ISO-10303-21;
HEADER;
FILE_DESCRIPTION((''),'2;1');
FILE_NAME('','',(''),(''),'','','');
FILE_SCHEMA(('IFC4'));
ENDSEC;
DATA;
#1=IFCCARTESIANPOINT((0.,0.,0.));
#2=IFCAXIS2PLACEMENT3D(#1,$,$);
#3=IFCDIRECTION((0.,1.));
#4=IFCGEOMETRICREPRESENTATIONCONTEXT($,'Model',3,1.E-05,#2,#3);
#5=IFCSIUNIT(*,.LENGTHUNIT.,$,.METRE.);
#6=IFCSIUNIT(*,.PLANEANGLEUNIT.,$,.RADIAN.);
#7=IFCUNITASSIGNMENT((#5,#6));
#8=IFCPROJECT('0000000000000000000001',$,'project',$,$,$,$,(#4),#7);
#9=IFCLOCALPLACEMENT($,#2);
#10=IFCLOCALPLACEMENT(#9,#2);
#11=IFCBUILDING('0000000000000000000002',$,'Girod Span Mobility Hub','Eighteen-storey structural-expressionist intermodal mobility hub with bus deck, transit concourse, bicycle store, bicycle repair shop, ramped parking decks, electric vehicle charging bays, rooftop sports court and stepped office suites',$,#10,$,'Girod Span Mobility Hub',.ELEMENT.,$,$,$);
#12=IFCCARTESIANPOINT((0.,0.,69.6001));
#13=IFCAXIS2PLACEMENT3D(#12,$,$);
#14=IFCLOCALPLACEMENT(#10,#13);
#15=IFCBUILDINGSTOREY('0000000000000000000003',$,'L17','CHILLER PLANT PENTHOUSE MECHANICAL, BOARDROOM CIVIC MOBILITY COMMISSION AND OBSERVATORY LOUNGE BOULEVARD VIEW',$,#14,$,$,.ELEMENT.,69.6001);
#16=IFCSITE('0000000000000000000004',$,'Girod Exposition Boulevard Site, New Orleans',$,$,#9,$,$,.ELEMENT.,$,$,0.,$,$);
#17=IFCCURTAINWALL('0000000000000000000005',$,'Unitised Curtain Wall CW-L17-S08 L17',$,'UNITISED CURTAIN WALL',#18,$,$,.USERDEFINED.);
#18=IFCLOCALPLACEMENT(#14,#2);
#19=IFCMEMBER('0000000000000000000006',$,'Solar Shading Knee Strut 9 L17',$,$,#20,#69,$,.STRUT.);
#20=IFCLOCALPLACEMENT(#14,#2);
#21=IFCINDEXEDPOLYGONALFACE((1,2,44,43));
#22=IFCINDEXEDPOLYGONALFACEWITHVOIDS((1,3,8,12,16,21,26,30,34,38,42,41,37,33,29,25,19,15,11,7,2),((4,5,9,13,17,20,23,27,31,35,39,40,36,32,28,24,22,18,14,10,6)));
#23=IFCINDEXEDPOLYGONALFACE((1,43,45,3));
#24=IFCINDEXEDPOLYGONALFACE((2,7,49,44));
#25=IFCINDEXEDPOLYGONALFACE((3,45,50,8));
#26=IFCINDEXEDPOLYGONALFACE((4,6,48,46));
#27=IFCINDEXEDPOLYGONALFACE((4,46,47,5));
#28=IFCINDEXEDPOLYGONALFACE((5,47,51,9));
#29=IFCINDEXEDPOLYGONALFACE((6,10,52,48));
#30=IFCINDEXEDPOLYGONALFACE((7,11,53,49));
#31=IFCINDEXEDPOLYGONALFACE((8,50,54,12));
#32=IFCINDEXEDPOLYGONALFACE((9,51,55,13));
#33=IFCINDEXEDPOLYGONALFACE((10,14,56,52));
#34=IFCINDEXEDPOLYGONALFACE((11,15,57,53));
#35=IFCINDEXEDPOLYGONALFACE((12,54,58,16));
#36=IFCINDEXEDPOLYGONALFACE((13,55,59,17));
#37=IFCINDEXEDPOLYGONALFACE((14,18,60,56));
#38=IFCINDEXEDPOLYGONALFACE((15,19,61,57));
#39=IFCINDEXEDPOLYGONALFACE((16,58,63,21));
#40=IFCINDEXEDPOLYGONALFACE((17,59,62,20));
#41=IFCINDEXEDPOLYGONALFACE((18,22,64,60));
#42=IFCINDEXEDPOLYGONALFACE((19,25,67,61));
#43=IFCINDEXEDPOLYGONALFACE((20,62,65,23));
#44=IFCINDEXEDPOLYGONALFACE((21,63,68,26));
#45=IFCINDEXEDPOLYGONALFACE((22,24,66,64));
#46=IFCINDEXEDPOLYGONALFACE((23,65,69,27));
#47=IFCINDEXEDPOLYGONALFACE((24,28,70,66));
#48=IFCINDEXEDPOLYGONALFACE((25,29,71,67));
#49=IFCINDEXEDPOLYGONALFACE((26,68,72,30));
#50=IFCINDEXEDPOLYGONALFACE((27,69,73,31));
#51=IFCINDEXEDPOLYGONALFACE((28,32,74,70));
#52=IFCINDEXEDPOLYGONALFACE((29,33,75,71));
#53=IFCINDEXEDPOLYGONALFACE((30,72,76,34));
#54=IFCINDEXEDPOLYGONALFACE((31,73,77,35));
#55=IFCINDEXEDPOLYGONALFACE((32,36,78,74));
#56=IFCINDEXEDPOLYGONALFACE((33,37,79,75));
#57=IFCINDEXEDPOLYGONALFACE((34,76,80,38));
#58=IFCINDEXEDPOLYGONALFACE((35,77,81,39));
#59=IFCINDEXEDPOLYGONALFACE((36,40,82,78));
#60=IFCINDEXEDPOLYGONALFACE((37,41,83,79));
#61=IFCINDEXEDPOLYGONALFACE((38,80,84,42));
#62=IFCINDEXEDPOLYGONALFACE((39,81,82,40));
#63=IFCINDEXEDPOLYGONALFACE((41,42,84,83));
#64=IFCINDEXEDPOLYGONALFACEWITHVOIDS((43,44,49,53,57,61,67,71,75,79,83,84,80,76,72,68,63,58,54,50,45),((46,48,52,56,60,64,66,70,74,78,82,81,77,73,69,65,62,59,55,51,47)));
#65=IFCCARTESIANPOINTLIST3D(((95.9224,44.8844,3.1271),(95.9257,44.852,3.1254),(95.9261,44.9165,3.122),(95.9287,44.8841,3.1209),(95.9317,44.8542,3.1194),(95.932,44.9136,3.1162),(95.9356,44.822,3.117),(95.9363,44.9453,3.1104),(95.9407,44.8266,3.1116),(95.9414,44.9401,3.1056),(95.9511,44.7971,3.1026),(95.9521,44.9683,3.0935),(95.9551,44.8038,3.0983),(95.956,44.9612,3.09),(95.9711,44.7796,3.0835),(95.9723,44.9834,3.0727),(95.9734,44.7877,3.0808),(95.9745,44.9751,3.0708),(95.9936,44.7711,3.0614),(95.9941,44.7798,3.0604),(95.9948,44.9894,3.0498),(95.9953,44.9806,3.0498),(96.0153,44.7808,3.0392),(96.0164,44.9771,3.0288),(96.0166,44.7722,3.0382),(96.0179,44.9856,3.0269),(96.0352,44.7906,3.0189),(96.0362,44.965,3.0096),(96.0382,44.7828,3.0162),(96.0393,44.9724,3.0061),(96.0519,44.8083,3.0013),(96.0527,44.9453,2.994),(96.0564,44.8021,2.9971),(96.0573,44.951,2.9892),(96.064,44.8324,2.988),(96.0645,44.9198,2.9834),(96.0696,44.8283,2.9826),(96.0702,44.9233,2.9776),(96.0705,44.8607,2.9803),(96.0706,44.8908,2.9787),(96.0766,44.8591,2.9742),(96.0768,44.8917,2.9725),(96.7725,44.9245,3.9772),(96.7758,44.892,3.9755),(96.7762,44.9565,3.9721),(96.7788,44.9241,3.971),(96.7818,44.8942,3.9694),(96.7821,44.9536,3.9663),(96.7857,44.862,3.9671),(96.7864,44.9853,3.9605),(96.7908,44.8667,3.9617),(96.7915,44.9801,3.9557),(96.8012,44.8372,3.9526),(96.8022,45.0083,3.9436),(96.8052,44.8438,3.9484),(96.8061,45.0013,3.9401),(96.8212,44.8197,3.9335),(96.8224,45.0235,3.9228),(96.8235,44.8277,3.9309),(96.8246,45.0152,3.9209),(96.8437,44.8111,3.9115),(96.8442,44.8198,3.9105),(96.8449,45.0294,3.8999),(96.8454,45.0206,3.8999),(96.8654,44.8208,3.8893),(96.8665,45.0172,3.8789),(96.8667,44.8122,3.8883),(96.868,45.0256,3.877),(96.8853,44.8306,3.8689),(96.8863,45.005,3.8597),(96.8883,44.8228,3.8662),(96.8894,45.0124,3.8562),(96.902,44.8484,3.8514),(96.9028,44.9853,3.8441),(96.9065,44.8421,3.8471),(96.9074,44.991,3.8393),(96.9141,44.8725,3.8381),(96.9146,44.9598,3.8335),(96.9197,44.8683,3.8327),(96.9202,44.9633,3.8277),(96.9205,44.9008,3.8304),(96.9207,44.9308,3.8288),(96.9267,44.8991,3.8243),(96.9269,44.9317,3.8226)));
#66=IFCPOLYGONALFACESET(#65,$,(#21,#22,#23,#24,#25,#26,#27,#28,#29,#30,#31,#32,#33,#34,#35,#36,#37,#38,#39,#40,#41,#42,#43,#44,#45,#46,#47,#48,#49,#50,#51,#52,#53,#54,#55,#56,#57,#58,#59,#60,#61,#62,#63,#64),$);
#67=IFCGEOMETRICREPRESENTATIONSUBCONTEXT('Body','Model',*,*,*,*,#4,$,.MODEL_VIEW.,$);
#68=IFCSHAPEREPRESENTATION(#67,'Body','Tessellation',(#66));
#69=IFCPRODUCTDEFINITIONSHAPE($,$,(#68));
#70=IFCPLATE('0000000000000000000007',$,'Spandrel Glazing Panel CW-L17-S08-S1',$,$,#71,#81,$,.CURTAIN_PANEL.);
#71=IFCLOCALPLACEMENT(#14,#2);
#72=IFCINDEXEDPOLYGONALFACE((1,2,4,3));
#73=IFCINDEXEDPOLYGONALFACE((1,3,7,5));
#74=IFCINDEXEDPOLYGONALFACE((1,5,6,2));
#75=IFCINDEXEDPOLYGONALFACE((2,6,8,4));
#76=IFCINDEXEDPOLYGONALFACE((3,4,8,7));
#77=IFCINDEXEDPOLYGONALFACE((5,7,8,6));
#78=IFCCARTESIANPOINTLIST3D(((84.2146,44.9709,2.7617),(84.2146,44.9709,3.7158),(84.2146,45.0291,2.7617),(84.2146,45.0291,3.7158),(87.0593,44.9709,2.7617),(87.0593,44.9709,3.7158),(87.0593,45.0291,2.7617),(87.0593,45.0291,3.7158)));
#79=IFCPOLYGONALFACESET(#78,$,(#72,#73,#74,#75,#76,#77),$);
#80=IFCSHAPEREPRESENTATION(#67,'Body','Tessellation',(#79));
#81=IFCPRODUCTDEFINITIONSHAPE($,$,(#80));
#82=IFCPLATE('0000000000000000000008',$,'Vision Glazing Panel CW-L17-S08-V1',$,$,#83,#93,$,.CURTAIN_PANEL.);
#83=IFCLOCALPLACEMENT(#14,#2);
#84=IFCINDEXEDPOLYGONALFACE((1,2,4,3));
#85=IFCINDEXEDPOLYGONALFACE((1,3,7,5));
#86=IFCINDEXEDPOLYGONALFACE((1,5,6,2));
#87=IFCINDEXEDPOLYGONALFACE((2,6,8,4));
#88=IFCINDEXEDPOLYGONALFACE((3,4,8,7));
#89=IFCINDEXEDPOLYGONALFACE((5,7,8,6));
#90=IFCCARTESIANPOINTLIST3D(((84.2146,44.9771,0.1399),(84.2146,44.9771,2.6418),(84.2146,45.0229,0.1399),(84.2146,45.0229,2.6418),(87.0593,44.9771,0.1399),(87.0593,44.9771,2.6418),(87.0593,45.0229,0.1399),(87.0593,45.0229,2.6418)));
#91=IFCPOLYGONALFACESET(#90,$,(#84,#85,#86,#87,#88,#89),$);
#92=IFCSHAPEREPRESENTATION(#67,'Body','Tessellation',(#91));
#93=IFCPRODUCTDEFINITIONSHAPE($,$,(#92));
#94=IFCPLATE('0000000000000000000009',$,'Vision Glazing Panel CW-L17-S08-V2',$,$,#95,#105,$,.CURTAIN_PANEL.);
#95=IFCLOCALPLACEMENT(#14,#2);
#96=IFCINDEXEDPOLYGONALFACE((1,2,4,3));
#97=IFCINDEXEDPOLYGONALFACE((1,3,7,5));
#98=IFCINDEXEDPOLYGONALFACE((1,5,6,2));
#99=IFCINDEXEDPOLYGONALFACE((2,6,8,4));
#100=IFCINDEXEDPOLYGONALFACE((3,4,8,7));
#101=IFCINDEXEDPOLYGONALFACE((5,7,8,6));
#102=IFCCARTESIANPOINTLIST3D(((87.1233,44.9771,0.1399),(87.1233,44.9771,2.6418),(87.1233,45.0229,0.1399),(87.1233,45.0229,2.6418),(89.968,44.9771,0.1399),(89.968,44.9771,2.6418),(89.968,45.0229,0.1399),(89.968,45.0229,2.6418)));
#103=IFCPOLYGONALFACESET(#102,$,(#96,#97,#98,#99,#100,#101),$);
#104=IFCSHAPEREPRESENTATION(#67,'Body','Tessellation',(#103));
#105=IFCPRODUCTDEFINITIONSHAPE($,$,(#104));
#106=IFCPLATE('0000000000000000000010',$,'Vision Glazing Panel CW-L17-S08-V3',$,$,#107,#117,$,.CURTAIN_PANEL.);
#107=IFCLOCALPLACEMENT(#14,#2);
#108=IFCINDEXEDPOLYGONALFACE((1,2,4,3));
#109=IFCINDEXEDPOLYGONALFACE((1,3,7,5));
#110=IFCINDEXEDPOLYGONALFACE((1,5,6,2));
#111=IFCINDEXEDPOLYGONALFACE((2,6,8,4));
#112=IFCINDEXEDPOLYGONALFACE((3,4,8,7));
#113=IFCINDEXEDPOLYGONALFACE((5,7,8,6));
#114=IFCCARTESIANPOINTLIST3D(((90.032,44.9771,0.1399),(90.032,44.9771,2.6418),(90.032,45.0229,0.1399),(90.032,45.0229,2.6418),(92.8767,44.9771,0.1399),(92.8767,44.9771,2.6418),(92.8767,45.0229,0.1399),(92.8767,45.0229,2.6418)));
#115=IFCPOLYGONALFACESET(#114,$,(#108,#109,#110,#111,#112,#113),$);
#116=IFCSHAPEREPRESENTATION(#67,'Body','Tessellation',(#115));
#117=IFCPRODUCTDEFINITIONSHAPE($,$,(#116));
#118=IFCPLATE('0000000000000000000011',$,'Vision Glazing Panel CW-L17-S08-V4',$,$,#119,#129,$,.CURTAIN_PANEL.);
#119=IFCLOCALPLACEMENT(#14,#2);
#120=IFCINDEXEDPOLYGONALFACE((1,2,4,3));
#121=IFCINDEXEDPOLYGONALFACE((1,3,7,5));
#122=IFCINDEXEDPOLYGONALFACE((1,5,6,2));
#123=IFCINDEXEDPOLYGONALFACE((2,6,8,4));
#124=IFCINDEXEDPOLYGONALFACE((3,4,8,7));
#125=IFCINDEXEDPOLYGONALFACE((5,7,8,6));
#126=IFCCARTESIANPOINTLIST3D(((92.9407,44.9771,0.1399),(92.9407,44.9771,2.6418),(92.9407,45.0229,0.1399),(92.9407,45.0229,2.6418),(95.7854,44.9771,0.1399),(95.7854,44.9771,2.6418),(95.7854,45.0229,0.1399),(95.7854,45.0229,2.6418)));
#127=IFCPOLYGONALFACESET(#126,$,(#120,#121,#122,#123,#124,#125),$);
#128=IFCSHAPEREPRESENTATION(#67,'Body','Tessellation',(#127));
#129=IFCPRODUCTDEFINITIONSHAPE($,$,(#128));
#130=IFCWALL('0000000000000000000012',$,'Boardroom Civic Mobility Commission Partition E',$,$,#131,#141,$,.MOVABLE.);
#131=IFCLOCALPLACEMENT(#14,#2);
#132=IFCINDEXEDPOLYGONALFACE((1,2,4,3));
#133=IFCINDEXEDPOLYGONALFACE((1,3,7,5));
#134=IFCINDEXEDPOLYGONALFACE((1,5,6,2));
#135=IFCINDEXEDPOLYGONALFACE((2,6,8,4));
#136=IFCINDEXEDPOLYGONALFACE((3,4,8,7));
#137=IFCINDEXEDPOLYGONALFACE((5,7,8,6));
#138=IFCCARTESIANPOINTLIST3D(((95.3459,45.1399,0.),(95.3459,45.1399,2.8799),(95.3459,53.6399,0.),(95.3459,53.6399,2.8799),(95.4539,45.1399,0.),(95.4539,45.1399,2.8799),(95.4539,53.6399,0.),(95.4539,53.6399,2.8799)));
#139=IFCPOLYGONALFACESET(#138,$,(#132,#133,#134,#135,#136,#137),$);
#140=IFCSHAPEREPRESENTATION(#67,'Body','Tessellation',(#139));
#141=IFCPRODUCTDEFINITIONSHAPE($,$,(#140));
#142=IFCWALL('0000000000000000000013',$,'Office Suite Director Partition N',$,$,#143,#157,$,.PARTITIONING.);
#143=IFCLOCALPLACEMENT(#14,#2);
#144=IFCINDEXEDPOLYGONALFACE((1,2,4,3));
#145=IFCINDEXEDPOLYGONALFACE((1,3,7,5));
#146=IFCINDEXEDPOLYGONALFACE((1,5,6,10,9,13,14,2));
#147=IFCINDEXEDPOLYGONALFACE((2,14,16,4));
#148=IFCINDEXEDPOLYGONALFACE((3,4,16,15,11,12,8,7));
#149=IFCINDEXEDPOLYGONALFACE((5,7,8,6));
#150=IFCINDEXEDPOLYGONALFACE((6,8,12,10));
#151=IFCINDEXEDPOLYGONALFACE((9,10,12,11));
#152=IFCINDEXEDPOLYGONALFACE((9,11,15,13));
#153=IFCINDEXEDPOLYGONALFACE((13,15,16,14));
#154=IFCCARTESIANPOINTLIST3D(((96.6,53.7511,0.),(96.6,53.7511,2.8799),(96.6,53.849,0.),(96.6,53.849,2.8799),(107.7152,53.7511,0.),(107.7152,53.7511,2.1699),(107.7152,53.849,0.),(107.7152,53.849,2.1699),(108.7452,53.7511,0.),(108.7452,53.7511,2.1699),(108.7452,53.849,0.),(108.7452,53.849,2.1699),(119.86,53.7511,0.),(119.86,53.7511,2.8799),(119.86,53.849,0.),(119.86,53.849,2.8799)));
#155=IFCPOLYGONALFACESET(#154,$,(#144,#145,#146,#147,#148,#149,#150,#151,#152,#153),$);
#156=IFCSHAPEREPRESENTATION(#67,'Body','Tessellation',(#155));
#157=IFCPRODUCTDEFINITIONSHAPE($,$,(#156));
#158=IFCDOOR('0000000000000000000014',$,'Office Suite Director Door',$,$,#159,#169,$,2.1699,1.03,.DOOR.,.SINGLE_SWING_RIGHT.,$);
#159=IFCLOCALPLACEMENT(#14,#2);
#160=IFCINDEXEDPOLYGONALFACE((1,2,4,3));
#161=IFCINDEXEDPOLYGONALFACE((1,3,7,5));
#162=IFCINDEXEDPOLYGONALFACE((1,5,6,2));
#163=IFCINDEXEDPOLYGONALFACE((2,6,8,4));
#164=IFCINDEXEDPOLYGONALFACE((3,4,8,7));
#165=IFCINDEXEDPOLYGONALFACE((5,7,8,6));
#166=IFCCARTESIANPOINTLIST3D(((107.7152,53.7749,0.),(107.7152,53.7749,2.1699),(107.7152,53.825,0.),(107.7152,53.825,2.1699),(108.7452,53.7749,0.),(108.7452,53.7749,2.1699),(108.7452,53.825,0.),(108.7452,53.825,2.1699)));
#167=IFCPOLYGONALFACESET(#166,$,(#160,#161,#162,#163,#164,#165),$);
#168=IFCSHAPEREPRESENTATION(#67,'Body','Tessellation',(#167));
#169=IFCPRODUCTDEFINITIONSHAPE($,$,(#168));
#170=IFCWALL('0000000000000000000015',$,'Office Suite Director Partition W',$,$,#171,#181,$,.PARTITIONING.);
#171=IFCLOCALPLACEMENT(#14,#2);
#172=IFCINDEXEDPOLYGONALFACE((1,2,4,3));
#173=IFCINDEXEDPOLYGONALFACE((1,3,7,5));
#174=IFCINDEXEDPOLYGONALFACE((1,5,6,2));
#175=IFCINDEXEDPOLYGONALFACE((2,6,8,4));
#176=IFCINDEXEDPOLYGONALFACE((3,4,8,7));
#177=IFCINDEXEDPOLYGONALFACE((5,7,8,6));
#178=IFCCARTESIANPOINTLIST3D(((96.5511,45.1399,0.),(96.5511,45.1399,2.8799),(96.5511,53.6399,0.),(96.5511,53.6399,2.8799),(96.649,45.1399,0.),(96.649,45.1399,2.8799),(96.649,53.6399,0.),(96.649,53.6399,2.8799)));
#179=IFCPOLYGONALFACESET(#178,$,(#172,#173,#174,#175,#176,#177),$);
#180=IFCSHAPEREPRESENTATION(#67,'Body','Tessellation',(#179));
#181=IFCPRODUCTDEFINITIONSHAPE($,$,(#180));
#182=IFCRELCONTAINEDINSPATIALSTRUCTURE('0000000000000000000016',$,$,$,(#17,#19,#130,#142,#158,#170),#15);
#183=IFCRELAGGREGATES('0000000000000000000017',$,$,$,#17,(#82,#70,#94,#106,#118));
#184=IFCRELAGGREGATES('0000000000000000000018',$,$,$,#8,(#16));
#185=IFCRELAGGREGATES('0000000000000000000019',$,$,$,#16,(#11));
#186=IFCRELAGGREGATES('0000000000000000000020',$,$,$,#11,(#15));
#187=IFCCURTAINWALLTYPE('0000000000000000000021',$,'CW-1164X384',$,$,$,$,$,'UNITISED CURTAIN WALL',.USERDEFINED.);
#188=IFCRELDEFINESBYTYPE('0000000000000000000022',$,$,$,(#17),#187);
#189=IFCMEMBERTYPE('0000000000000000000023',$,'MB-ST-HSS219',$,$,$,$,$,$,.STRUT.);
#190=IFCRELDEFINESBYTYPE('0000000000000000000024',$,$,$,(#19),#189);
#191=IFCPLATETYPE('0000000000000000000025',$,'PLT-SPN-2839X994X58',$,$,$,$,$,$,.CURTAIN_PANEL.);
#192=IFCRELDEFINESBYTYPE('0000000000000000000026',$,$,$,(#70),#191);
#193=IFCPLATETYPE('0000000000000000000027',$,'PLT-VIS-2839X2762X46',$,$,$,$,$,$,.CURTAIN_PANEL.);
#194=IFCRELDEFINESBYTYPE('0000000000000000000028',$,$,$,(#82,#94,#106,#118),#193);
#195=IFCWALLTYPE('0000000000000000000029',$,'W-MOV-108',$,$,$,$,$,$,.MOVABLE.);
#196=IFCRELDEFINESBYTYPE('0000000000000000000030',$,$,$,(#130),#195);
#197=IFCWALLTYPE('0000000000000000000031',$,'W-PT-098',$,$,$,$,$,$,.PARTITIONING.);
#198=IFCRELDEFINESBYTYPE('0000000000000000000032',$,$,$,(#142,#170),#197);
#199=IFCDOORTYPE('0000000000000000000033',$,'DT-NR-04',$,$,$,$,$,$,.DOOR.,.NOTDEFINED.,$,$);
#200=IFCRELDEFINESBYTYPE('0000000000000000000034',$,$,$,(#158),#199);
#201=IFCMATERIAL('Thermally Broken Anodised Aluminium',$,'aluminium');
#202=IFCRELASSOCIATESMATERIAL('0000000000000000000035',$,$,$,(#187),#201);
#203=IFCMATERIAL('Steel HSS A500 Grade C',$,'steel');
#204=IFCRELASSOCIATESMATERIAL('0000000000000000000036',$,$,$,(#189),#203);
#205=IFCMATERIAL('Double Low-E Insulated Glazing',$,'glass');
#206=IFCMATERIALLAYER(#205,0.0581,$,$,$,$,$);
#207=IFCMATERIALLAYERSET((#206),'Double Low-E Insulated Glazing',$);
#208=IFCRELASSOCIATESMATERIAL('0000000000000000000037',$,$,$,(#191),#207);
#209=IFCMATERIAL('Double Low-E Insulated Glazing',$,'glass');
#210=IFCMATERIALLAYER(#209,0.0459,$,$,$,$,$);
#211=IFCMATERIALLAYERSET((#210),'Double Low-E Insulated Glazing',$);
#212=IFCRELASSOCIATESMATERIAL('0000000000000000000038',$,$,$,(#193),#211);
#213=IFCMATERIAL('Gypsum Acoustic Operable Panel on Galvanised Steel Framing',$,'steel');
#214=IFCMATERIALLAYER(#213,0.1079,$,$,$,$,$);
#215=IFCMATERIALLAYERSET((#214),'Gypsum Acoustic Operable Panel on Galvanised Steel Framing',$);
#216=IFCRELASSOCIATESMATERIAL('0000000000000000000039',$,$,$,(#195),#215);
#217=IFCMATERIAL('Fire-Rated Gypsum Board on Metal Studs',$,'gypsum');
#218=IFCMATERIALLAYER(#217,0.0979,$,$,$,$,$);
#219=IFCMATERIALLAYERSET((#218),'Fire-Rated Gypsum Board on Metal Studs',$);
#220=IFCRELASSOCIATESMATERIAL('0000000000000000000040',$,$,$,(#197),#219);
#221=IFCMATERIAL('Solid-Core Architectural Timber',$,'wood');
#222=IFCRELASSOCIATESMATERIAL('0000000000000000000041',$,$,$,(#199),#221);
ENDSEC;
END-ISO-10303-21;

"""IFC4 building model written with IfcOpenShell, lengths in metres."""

from ifc_helpers import new_model, si_unit, direction, frame, frame_2d, origin, origin_2d, place, context, subcontext, project, spatial, rectangle, hollow_circle, extrude, material, layer, layer_set, material_profile, profile_set, type_object, element, fill, aggregate, save


model = new_model("IFC4")

# Units and contexts
model_context = context("Model", 3, precision=1e-05, world=origin(), true_north=direction((0.0, 1.0)))
body_context = subcontext(model_context, "Body", "Model", "MODEL_VIEW")
ifc_project = project(units=[si_unit("LENGTHUNIT", "METRE"), si_unit("PLANEANGLEUNIT", "RADIAN")], contexts=[model_context])

# Site, building, storey
site_placement = place(None, origin())
site = spatial("IfcSite", under=ifc_project, at=site_placement, Name="Girod Exposition Boulevard Site, New Orleans", CompositionType="ELEMENT", RefElevation=0.0)
building_placement = place(site_placement, origin())
building = spatial("IfcBuilding", under=site, at=building_placement, Name="Girod Span Mobility Hub", Description="Eighteen-storey structural-expressionist intermodal mobility hub with bus deck, transit concourse, bicycle store, bicycle repair shop, ramped parking decks, electric vehicle charging bays, rooftop sports court and stepped office suites", LongName="Girod Span Mobility Hub", CompositionType="ELEMENT")
storey_placement = place(building_placement, frame((0.0, 0.0, 69.6001)))
storey = spatial("IfcBuildingStorey", under=building, at=storey_placement, Name="L17", Description="CHILLER PLANT PENTHOUSE MECHANICAL, BOARDROOM CIVIC MOBILITY COMMISSION AND OBSERVATORY LOUNGE BOULEVARD VIEW", CompositionType="ELEMENT", Elevation=69.6001)

# Shared definitions
ifc_material_1 = material(Name="Thermally Broken Anodised Aluminium", Category="aluminium")
curtain_wall_type = type_object("IfcCurtainWallType", Name="CW-1164X384", ElementType="UNITISED CURTAIN WALL", PredefinedType="USERDEFINED", material=ifc_material_1)

# Curtain wall
curtain_wall_1_placement = place(storey_placement, origin())
curtain_wall_1 = element("IfcCurtainWall", 1, at=curtain_wall_1_placement, inside=storey, type_object=curtain_wall_type, Name="Unitised Curtain Wall CW-L17-S08 L17", ObjectType="UNITISED CURTAIN WALL", PredefinedType="USERDEFINED")

# Member
ifc_material_2 = material(Name="Steel HSS A500 Grade C", Category="steel")
ifc_material_profile_1 = material_profile(ifc_material_2, hollow_circle(Radius=0.1096, WallThickness=0.0088, at=origin_2d()), Name="HSS219X9.5")
ifc_profile_set_1 = profile_set([ifc_material_profile_1], Name="Steel HSS A500 Grade C")
member_type_1 = type_object("IfcMemberType", Name="MB-ST-HSS219", PredefinedType="STRUT", material=ifc_profile_set_1)
for number, where, z_axis, x_axis, name in (
    (2, (96.0, 44.8799, 3.0498), (0.706715, 0.033286, 0.706715), (-0.047047, 0.998893, 0.0), "Solar Shading Knee Strut 9 L17"),
):
    element("IfcMember", number, at=place(storey_placement, frame(where, z_axis=z_axis, x_axis=x_axis)), inside=storey, type_object=member_type_1, Name=name, PredefinedType="STRUT", context=body_context, shape_type="SweptSolid", body=[
        extrude(hollow_circle(Radius=0.1096, WallThickness=0.0088, at=origin_2d()), origin(), (0.0, 0.0, 1.0), 1.2029),
    ])

# Plates
ifc_material_3 = material(Name="Double Low-E Insulated Glazing", Category="glass")
ifc_layer_1 = layer(ifc_material_3, 0.0581)
ifc_layer_set_1 = layer_set([ifc_layer_1], Name="Double Low-E Insulated Glazing")
plate_type_1 = type_object("IfcPlateType", Name="PLT-SPN-2839X994X58", PredefinedType="CURTAIN_PANEL", material=ifc_layer_set_1)
plate_1_placement = place(storey_placement, frame((85.637, 45.0, 2.7617), z_axis=(0.0, 0.0, 1.0), x_axis=(1.0, 0.0, 0.0)))
plate_1 = element("IfcPlate", 3, at=plate_1_placement, type_object=plate_type_1, Name="Spandrel Glazing Panel CW-L17-S08-S1", PredefinedType="CURTAIN_PANEL", context=body_context, shape_type="SweptSolid", body=[
    extrude(rectangle(XDim=2.8447, YDim=0.0581, at=origin_2d()), origin(), (0.0, 0.0, 1.0), 0.9541),
])
ifc_material_4 = material(Name="Double Low-E Insulated Glazing", Category="glass")
ifc_layer_2 = layer(ifc_material_4, 0.0459)
ifc_layer_set_2 = layer_set([ifc_layer_2], Name="Double Low-E Insulated Glazing")
plate_type_2 = type_object("IfcPlateType", Name="PLT-VIS-2839X2762X46", PredefinedType="CURTAIN_PANEL", material=ifc_layer_set_2)
plate_2_placement = place(storey_placement, frame((85.637, 45.0, 0.1399), z_axis=(0.0, 0.0, 1.0), x_axis=(1.0, 0.0, 0.0)))
plate_2 = element("IfcPlate", 4, at=plate_2_placement, type_object=plate_type_2, Name="Vision Glazing Panel CW-L17-S08-V1", PredefinedType="CURTAIN_PANEL", context=body_context, shape_type="SweptSolid", body=[
    extrude(rectangle(XDim=2.8447, YDim=0.0459, at=origin_2d()), origin(), (0.0, 0.0, 1.0), 2.502),
])
plate_3_placement = place(storey_placement, frame((88.5457, 45.0, 0.1399), z_axis=(0.0, 0.0, 1.0), x_axis=(1.0, 0.0, 0.0)))
plate_3 = element("IfcPlate", 5, at=plate_3_placement, type_object=plate_type_2, Name="Vision Glazing Panel CW-L17-S08-V2", PredefinedType="CURTAIN_PANEL", context=body_context, shape_type="SweptSolid", body=[
    extrude(rectangle(XDim=2.8447, YDim=0.0459, at=origin_2d()), origin(), (0.0, 0.0, 1.0), 2.502),
])
plate_4_placement = place(storey_placement, frame((91.4543, 45.0, 0.1399), z_axis=(0.0, 0.0, 1.0), x_axis=(1.0, 0.0, 0.0)))
plate_4 = element("IfcPlate", 6, at=plate_4_placement, type_object=plate_type_2, Name="Vision Glazing Panel CW-L17-S08-V3", PredefinedType="CURTAIN_PANEL", context=body_context, shape_type="SweptSolid", body=[
    extrude(rectangle(XDim=2.8447, YDim=0.0459, at=origin_2d()), origin(), (0.0, 0.0, 1.0), 2.502),
])
plate_5_placement = place(storey_placement, frame((94.363, 45.0, 0.1399), z_axis=(0.0, 0.0, 1.0), x_axis=(1.0, 0.0, 0.0)))
plate_5 = element("IfcPlate", 7, at=plate_5_placement, type_object=plate_type_2, Name="Vision Glazing Panel CW-L17-S08-V4", PredefinedType="CURTAIN_PANEL", context=body_context, shape_type="SweptSolid", body=[
    extrude(rectangle(XDim=2.8447, YDim=0.0459, at=origin_2d()), origin(), (0.0, 0.0, 1.0), 2.502),
])
aggregate(curtain_wall_1, [plate_2, plate_1, plate_3, plate_4, plate_5])

# Wall
ifc_material_5 = material(Name="Gypsum Acoustic Operable Panel on Galvanised Steel Framing", Category="steel")
ifc_layer_3 = layer(ifc_material_5, 0.1079)
ifc_layer_set_3 = layer_set([ifc_layer_3], Name="Gypsum Acoustic Operable Panel on Galvanised Steel Framing")
wall_type_1 = type_object("IfcWallType", Name="W-MOV-108", PredefinedType="MOVABLE", material=ifc_layer_set_3)
wall_1_placement = place(storey_placement, frame((95.3999, 45.1399, 0.0), z_axis=(0.0, 0.0, 1.0), x_axis=(0.0, 1.0, 0.0)))
element("IfcWall", 8, at=wall_1_placement, inside=storey, type_object=wall_type_1, Name="Boardroom Civic Mobility Commission Partition E", PredefinedType="MOVABLE", context=body_context, shape_type="SweptSolid", body=[
    extrude(rectangle(XDim=8.5, YDim=0.1079, at=frame_2d((4.25, 0.0))), origin(), (0.0, 0.0, 1.0), 2.8799),
])

# Wall, opening, door
ifc_material_6 = material(Name="Fire-Rated Gypsum Board on Metal Studs", Category="gypsum")
ifc_layer_4 = layer(ifc_material_6, 0.0979)
ifc_layer_set_4 = layer_set([ifc_layer_4], Name="Fire-Rated Gypsum Board on Metal Studs")
wall_type_2 = type_object("IfcWallType", Name="W-PT-098", PredefinedType="PARTITIONING", material=ifc_layer_set_4)
wall_2_placement = place(storey_placement, frame((96.6001, 53.8, 0.0), z_axis=(0.0, 0.0, 1.0), x_axis=(1.0, 0.0, 0.0)))
wall_2 = element("IfcWall", 9, at=wall_2_placement, inside=storey, type_object=wall_type_2, Name="Office Suite Director Partition N", PredefinedType="PARTITIONING", context=body_context, shape_type="SweptSolid", body=[
    extrude(rectangle(XDim=23.26, YDim=0.0979, at=frame_2d((11.6299, 0.0))), origin(), (0.0, 0.0, 1.0), 2.8799),
])
opening_placement = place(wall_2_placement, frame((11.115, 0.0, 0.0)))
opening = element("IfcOpeningElement", 10, at=opening_placement, cuts=wall_2, PredefinedType="OPENING", context=body_context, shape_type="SweptSolid", body=[
    extrude(rectangle(XDim=1.03, YDim=2.1699, at=frame_2d((0.5151, 1.085))), frame((0.0, 0.064, 0.0), z_axis=(0.0, -1.0, 0.0), x_axis=(1.0, 0.0, 0.0)), (0.0, 0.0, 1.0), 0.1279),
])
ifc_material_7 = material(Name="Solid-Core Architectural Timber", Category="wood")
door_type = type_object("IfcDoorType", Name="DT-NR-04", OperationType="NOTDEFINED", PredefinedType="DOOR", material=ifc_material_7)
door_placement = place(opening_placement, origin())
door = element("IfcDoor", 11, at=door_placement, inside=storey, type_object=door_type, Name="Office Suite Director Door", OperationType="SINGLE_SWING_RIGHT", OverallHeight=2.1699, OverallWidth=1.03, PredefinedType="DOOR", context=body_context, shape_type="SweptSolid", body=[
    extrude(rectangle(XDim=1.03, YDim=2.1699, at=frame_2d((0.5151, 1.085))), frame((0.0, 0.0249, 0.0), z_axis=(0.0, -1.0, 0.0), x_axis=(1.0, 0.0, 0.0)), (0.0, 0.0, 1.0), 0.05),
])
fill(opening, door)

# Wall
wall_3_placement = place(storey_placement, frame((96.6001, 45.1399, 0.0), z_axis=(0.0, 0.0, 1.0), x_axis=(0.0, 1.0, 0.0)))
element("IfcWall", 12, at=wall_3_placement, inside=storey, type_object=wall_type_2, Name="Office Suite Director Partition W", PredefinedType="PARTITIONING", context=body_context, shape_type="SweptSolid", body=[
    extrude(rectangle(XDim=8.5, YDim=0.0979, at=frame_2d((4.25, 0.0))), origin(), (0.0, 0.0, 1.0), 2.8799),
])

save(model, "model.ifc")
